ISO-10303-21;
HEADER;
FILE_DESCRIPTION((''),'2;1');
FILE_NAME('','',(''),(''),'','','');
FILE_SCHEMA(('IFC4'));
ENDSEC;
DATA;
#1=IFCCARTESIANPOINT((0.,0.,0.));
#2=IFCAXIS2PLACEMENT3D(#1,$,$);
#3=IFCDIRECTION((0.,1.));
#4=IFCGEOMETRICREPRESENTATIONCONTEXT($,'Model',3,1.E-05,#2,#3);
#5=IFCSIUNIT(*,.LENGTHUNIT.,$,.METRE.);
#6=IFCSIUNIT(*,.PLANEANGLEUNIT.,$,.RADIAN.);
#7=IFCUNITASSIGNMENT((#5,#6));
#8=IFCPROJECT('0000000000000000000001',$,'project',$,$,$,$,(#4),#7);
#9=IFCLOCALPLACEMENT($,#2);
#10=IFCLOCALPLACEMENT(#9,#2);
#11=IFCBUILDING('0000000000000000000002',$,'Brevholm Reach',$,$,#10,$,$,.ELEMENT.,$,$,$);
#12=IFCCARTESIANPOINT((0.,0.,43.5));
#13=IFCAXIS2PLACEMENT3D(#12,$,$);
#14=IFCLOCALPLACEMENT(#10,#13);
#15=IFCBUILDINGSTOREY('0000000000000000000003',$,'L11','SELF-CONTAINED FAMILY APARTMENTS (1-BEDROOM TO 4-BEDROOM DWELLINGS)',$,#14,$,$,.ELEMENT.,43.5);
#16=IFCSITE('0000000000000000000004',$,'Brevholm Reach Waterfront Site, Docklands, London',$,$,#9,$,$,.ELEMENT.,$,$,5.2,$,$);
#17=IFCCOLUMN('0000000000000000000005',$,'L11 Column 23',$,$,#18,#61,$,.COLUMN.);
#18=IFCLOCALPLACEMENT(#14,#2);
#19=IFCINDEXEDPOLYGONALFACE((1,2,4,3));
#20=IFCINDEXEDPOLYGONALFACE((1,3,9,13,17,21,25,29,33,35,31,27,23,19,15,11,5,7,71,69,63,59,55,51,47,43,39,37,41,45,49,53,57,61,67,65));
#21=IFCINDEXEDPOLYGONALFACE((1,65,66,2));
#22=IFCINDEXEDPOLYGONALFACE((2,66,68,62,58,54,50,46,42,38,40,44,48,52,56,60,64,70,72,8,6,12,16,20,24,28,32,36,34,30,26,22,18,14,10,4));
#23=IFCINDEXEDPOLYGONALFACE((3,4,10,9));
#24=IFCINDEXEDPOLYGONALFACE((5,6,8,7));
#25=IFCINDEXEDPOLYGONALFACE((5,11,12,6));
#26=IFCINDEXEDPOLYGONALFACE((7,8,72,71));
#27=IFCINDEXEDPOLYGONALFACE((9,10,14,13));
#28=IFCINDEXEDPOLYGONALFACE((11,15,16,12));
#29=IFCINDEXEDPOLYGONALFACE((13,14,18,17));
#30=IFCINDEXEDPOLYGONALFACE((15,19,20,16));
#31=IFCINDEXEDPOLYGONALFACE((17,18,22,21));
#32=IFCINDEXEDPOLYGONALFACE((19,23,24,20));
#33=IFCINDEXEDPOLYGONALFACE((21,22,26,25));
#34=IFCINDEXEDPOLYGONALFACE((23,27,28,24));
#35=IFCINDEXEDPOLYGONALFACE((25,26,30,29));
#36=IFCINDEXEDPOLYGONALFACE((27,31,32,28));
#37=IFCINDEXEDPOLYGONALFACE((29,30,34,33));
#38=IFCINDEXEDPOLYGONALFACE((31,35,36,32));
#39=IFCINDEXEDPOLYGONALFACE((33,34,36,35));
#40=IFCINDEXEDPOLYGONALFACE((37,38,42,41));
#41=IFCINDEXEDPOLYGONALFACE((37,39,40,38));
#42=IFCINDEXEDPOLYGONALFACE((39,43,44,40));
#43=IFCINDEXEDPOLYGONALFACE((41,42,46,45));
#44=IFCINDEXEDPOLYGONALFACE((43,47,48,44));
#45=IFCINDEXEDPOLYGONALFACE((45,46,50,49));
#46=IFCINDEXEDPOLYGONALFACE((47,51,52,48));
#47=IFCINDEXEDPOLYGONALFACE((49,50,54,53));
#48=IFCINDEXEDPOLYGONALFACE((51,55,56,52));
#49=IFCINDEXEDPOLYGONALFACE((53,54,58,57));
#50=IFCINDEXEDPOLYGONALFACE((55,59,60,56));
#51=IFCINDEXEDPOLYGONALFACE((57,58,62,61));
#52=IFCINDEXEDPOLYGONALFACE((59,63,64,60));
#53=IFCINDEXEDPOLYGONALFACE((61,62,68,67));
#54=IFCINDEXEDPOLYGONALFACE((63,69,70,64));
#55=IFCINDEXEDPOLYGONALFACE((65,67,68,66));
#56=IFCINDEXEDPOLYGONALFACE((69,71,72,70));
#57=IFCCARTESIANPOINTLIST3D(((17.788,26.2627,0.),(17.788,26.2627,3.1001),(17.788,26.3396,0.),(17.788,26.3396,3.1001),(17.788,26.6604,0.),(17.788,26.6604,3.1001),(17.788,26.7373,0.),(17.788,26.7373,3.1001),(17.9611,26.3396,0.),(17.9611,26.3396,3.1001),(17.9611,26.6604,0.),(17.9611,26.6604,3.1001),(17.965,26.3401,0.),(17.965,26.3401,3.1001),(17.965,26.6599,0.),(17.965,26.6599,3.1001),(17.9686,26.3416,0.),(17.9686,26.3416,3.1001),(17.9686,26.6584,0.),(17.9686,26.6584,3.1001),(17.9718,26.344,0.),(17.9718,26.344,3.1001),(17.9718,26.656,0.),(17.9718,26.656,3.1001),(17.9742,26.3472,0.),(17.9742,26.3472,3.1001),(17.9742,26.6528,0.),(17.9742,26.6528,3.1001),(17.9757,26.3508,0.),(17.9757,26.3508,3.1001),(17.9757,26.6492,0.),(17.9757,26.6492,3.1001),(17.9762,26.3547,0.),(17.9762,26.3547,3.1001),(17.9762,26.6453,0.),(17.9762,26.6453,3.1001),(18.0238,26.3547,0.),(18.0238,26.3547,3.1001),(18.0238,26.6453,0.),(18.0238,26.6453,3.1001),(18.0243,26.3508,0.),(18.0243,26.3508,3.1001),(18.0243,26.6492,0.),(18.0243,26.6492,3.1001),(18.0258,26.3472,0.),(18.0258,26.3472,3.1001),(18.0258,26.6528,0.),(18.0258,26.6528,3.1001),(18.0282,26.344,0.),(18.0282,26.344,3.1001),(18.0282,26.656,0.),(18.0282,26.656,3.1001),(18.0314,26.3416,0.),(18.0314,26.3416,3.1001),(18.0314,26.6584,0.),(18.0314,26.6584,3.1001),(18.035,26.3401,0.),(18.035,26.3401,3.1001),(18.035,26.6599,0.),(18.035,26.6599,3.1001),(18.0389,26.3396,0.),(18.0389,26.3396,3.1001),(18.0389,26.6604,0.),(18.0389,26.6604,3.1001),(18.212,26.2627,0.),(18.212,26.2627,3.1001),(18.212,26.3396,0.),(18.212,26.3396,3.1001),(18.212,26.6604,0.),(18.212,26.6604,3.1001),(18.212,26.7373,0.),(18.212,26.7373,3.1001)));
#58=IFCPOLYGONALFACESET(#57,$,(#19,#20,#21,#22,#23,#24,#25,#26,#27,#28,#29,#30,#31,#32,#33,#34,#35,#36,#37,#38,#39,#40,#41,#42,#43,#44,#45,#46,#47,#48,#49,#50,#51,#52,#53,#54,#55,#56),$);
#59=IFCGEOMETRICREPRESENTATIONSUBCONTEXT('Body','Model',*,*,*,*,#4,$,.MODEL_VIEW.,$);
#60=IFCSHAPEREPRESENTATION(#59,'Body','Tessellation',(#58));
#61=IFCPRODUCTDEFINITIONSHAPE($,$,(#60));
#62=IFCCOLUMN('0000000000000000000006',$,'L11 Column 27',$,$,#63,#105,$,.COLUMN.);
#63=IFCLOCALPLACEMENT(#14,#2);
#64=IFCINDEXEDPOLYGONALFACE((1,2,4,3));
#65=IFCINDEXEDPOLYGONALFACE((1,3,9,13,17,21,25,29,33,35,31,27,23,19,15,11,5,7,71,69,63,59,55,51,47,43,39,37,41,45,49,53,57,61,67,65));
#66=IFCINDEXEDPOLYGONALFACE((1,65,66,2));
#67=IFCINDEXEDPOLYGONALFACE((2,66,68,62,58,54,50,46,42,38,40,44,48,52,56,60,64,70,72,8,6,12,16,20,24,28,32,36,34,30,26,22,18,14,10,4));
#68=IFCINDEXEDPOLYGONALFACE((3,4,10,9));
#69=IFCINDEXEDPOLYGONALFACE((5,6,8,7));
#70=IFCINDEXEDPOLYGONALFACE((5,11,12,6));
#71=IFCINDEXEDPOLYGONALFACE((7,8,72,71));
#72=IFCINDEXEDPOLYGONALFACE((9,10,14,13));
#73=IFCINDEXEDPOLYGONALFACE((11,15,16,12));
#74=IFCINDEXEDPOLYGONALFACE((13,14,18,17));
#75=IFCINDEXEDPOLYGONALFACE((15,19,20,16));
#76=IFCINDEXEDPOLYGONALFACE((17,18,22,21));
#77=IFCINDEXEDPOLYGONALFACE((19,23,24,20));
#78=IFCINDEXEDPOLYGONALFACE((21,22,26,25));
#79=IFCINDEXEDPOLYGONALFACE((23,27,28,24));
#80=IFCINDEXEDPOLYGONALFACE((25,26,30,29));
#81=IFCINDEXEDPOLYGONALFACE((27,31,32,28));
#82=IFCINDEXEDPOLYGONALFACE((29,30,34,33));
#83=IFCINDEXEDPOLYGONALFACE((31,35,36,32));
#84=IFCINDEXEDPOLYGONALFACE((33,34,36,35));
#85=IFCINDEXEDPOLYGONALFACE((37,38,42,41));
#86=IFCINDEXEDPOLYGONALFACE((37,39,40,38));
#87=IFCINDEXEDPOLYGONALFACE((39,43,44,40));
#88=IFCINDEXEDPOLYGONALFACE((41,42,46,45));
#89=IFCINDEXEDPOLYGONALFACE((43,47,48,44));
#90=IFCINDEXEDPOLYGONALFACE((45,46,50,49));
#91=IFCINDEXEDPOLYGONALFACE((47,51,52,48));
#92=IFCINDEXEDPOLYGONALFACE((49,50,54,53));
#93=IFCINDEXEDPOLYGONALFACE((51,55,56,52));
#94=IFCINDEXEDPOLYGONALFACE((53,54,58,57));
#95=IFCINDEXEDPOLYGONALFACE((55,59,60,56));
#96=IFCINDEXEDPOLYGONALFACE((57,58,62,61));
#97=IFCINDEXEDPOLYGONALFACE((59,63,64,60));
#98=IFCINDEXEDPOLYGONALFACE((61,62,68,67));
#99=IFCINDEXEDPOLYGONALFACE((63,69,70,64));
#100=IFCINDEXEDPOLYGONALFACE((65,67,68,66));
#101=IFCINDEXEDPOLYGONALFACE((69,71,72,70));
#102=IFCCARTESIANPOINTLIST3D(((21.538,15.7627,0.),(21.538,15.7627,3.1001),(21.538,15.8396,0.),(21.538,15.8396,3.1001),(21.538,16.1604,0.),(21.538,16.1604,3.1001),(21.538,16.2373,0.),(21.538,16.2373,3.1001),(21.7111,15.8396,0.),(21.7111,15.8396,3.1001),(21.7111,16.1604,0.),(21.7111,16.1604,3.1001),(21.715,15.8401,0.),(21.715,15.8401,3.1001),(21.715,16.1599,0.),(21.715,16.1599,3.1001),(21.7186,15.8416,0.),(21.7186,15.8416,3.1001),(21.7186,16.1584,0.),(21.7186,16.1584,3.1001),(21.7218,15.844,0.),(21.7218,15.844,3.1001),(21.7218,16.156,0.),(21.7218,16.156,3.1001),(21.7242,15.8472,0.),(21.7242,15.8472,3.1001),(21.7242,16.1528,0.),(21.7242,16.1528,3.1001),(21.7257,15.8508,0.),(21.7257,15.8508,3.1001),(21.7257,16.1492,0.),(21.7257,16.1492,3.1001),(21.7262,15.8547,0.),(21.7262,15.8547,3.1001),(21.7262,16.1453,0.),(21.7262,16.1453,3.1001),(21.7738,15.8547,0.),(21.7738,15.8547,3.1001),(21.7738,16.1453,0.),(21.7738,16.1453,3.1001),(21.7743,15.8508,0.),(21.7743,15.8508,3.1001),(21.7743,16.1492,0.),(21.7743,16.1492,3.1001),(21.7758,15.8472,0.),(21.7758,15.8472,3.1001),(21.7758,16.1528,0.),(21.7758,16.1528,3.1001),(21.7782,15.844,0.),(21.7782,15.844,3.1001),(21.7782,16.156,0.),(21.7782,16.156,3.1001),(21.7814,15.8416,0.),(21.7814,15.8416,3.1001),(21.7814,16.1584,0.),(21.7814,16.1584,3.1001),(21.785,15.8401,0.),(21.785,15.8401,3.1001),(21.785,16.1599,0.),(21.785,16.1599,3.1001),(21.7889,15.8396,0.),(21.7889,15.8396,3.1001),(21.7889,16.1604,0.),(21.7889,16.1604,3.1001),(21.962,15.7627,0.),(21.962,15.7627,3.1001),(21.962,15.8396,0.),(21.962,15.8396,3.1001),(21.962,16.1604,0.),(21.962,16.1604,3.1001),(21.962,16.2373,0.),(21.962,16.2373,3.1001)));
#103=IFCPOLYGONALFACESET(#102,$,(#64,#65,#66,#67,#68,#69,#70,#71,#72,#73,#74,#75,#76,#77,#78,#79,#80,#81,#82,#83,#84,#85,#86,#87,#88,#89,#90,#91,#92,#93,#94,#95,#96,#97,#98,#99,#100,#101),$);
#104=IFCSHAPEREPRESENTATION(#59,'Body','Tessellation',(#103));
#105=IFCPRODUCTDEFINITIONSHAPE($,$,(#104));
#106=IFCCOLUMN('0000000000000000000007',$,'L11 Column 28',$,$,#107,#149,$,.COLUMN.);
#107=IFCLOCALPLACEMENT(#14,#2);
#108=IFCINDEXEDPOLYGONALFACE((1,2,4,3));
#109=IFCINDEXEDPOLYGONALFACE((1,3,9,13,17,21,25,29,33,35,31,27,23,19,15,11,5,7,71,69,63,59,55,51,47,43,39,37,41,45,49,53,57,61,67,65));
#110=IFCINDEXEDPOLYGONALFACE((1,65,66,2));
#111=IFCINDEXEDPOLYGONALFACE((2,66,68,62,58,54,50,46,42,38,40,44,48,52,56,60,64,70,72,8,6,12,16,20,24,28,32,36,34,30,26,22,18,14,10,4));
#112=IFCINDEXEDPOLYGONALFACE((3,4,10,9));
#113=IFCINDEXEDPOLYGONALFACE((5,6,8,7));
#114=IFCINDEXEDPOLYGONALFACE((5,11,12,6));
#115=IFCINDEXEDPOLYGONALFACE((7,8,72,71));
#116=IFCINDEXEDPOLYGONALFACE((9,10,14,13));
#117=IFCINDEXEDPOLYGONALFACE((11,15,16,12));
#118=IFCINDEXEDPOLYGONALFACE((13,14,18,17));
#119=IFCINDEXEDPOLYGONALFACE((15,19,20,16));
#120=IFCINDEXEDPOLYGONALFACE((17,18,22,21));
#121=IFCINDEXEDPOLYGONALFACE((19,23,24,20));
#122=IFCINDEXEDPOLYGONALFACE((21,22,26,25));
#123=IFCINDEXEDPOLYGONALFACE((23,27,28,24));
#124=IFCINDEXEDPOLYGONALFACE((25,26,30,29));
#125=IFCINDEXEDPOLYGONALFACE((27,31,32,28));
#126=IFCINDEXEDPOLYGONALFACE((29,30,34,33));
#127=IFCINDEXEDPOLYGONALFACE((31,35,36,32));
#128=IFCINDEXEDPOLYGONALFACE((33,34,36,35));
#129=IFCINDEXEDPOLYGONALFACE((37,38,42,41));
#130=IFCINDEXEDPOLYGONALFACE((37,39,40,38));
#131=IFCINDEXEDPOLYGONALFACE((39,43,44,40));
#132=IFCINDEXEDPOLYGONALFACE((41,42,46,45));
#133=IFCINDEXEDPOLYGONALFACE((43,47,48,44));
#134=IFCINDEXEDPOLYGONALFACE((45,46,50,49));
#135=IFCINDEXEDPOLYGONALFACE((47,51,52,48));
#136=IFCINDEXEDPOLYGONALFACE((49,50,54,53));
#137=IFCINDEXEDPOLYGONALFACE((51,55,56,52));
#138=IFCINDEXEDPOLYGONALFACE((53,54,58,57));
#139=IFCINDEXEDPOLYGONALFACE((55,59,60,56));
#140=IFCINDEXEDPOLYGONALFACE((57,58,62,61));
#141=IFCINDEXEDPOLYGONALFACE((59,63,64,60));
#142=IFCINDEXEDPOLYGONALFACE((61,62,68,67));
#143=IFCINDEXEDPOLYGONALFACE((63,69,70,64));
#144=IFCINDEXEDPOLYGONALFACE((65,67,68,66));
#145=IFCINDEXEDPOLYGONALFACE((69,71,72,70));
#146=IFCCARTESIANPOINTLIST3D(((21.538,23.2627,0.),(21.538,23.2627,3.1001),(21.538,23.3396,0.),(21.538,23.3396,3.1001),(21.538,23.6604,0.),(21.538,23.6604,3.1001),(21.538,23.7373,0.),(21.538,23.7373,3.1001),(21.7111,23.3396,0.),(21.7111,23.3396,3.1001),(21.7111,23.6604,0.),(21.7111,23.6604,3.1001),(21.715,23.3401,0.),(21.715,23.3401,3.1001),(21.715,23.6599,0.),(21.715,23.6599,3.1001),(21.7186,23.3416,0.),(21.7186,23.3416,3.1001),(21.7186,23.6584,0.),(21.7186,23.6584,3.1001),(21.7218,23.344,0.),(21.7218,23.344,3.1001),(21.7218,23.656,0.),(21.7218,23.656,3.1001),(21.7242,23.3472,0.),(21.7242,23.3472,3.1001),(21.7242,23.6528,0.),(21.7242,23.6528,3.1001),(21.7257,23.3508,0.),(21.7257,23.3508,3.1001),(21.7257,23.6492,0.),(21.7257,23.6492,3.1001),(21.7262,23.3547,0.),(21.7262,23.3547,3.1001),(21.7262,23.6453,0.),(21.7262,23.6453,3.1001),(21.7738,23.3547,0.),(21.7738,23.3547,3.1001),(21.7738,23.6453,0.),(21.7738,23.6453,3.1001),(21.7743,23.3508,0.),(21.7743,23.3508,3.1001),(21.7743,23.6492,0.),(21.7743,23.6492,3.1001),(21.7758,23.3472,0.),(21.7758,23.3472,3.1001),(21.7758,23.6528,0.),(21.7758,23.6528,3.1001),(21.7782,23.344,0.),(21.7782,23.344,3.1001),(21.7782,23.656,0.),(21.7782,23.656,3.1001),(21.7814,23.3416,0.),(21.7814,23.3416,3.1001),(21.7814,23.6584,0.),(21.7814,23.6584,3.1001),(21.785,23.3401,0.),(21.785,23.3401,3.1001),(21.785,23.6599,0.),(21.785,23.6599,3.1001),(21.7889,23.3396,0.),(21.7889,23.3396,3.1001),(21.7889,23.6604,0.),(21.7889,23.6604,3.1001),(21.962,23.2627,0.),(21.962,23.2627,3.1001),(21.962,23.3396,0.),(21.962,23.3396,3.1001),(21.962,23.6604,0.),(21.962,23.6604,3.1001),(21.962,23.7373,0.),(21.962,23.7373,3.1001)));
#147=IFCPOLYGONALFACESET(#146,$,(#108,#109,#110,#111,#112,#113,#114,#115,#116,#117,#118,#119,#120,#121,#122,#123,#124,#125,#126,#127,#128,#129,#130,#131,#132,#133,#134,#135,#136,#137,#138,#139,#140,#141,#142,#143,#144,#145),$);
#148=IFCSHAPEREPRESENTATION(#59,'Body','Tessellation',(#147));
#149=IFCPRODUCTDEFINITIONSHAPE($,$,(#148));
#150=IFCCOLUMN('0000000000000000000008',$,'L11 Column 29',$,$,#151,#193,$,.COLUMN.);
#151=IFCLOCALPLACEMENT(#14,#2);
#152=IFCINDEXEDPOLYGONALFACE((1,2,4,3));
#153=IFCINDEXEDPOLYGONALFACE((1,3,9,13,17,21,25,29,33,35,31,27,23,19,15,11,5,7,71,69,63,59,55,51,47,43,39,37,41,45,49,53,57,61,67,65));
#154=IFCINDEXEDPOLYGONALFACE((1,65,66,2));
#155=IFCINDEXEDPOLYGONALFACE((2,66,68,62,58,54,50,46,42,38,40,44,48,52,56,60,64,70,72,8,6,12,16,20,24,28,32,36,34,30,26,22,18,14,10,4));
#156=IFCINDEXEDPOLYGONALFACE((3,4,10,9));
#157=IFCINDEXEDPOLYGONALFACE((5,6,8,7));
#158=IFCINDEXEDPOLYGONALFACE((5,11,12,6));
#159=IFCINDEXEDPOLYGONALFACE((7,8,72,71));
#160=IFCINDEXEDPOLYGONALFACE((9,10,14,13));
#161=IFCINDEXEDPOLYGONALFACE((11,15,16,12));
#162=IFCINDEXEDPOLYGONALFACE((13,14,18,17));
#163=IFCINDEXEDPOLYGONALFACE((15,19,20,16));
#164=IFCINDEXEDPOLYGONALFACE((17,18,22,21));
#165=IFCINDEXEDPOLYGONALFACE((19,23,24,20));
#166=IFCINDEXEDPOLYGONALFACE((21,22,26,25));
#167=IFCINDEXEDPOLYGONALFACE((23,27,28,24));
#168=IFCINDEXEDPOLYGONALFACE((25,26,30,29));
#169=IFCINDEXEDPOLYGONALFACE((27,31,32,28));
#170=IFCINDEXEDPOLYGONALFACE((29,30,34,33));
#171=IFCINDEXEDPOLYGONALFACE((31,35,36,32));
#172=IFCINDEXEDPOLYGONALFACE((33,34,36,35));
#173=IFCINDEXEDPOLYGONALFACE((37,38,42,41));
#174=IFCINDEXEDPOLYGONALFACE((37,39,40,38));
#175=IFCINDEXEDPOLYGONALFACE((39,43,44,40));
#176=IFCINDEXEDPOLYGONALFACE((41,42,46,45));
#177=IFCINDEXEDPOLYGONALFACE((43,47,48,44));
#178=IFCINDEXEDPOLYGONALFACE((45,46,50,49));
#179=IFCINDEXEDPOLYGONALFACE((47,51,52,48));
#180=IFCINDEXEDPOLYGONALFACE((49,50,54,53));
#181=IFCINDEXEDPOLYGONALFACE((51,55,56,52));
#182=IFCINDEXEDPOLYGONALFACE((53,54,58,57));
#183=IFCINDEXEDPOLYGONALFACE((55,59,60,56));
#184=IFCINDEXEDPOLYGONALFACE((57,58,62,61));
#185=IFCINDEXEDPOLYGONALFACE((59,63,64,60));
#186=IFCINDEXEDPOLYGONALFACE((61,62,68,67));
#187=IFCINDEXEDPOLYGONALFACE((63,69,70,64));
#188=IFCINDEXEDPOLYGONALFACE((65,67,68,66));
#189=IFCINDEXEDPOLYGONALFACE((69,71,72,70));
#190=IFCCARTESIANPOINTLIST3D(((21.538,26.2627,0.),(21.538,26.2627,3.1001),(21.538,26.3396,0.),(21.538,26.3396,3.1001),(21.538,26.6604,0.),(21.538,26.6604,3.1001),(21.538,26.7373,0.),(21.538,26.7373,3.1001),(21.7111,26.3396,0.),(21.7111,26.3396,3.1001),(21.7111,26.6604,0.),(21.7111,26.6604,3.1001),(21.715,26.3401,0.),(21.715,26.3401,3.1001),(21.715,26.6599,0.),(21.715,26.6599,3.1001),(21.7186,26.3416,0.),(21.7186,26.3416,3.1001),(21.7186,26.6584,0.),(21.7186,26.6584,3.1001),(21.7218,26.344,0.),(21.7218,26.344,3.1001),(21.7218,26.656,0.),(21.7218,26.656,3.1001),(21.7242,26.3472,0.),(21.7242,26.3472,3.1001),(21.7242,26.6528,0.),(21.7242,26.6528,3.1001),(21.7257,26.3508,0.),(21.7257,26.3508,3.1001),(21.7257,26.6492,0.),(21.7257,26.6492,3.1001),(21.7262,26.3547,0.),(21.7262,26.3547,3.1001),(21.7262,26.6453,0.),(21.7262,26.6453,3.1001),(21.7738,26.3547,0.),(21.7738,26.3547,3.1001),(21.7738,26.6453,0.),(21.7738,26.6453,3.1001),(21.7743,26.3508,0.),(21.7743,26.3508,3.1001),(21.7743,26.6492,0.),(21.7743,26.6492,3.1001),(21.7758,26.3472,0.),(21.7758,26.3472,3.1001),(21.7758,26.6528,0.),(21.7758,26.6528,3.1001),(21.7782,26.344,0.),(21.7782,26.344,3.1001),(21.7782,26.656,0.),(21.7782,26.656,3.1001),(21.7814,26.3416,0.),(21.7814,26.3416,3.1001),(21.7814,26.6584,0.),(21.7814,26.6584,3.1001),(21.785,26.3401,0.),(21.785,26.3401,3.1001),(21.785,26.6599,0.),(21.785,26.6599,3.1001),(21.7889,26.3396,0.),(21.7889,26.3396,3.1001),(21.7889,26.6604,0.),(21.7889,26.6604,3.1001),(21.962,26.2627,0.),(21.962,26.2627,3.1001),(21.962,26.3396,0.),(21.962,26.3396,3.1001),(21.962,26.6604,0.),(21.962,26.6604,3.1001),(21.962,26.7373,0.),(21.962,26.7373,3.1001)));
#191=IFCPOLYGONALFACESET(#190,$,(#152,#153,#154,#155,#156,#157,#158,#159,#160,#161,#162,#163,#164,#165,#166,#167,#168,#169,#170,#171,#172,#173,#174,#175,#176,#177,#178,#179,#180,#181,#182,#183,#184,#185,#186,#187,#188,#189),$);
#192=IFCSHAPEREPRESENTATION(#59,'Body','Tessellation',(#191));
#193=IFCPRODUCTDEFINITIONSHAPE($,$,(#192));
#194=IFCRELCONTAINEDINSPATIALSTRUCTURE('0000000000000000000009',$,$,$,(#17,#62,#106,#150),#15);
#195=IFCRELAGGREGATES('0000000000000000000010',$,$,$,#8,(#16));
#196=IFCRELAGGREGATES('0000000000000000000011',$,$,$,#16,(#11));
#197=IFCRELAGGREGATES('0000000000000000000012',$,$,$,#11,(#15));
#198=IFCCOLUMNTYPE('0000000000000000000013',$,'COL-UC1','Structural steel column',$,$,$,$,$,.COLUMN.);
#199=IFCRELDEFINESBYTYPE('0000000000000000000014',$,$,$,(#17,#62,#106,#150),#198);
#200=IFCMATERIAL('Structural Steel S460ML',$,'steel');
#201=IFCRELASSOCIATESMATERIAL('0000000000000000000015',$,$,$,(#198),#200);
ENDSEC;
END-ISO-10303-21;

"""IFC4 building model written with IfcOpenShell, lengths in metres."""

from ifc_helpers import new_model, si_unit, direction, frame, origin, origin_2d, place, context, subcontext, project, spatial, i_section, extrude, material, material_profile, profile_set, type_object, element, save


model = new_model("IFC4")

# Units and contexts
model_context = context("Model", 3, precision=1e-05, world=origin(), true_north=direction((0.0, 1.0)))
body_context = subcontext(model_context, "Body", "Model", "MODEL_VIEW")
ifc_project = project(units=[si_unit("LENGTHUNIT", "METRE"), si_unit("PLANEANGLEUNIT", "RADIAN")], contexts=[model_context])

# Site, building, storey
site_placement = place(None, origin())
site = spatial("IfcSite", under=ifc_project, at=site_placement, Name="Brevholm Reach Waterfront Site, Docklands, London", CompositionType="ELEMENT", RefElevation=5.2)
building_placement = place(site_placement, origin())
building = spatial("IfcBuilding", under=site, at=building_placement, Name="Brevholm Reach", CompositionType="ELEMENT")
storey_placement = place(building_placement, frame((0.0, 0.0, 43.5)))
storey = spatial("IfcBuildingStorey", under=building, at=storey_placement, Name="L11", Description="SELF-CONTAINED FAMILY APARTMENTS (1-BEDROOM TO 4-BEDROOM DWELLINGS)", CompositionType="ELEMENT", Elevation=43.5)

# Columns
ifc_material_1 = material(Name="Structural Steel S460ML", Category="steel")
ifc_material_profile_1 = material_profile(ifc_material_1, i_section(OverallWidth=0.4241, OverallDepth=0.4746, WebThickness=0.0476, FlangeThickness=0.0769, FilletRadius=0.0151, at=origin_2d()), Name="UKC 356x406x634")
ifc_profile_set_1 = profile_set([ifc_material_profile_1], Name="Structural Steel S460ML")
column_type_1 = type_object("IfcColumnType", Name="COL-UC1", Description="Structural steel column", PredefinedType="COLUMN", material=ifc_profile_set_1)
for number, where, z_axis, x_axis, name in (
    (1, (18.0, 26.5, 0.0), (0.0, 0.0, 1.0), (1.0, 0.0, 0.0), "L11 Column 23"),
    (2, (21.75, 16.0, 0.0), (0.0, 0.0, 1.0), (1.0, 0.0, 0.0), "L11 Column 27"),
    (3, (21.75, 23.5, 0.0), (0.0, 0.0, 1.0), (1.0, 0.0, 0.0), "L11 Column 28"),
    (4, (21.75, 26.5, 0.0), (0.0, 0.0, 1.0), (1.0, 0.0, 0.0), "L11 Column 29"),
):
    element("IfcColumn", number, at=place(storey_placement, frame(where, z_axis=z_axis, x_axis=x_axis)), inside=storey, type_object=column_type_1, Name=name, PredefinedType="COLUMN", context=body_context, shape_type="SweptSolid", body=[
        extrude(i_section(OverallWidth=0.4241, OverallDepth=0.4746, WebThickness=0.0476, FlangeThickness=0.0769, FilletRadius=0.0151, at=origin_2d()), origin(), (0.0, 0.0, 1.0), 3.1001),
    ])

save(model, "model.ifc")
